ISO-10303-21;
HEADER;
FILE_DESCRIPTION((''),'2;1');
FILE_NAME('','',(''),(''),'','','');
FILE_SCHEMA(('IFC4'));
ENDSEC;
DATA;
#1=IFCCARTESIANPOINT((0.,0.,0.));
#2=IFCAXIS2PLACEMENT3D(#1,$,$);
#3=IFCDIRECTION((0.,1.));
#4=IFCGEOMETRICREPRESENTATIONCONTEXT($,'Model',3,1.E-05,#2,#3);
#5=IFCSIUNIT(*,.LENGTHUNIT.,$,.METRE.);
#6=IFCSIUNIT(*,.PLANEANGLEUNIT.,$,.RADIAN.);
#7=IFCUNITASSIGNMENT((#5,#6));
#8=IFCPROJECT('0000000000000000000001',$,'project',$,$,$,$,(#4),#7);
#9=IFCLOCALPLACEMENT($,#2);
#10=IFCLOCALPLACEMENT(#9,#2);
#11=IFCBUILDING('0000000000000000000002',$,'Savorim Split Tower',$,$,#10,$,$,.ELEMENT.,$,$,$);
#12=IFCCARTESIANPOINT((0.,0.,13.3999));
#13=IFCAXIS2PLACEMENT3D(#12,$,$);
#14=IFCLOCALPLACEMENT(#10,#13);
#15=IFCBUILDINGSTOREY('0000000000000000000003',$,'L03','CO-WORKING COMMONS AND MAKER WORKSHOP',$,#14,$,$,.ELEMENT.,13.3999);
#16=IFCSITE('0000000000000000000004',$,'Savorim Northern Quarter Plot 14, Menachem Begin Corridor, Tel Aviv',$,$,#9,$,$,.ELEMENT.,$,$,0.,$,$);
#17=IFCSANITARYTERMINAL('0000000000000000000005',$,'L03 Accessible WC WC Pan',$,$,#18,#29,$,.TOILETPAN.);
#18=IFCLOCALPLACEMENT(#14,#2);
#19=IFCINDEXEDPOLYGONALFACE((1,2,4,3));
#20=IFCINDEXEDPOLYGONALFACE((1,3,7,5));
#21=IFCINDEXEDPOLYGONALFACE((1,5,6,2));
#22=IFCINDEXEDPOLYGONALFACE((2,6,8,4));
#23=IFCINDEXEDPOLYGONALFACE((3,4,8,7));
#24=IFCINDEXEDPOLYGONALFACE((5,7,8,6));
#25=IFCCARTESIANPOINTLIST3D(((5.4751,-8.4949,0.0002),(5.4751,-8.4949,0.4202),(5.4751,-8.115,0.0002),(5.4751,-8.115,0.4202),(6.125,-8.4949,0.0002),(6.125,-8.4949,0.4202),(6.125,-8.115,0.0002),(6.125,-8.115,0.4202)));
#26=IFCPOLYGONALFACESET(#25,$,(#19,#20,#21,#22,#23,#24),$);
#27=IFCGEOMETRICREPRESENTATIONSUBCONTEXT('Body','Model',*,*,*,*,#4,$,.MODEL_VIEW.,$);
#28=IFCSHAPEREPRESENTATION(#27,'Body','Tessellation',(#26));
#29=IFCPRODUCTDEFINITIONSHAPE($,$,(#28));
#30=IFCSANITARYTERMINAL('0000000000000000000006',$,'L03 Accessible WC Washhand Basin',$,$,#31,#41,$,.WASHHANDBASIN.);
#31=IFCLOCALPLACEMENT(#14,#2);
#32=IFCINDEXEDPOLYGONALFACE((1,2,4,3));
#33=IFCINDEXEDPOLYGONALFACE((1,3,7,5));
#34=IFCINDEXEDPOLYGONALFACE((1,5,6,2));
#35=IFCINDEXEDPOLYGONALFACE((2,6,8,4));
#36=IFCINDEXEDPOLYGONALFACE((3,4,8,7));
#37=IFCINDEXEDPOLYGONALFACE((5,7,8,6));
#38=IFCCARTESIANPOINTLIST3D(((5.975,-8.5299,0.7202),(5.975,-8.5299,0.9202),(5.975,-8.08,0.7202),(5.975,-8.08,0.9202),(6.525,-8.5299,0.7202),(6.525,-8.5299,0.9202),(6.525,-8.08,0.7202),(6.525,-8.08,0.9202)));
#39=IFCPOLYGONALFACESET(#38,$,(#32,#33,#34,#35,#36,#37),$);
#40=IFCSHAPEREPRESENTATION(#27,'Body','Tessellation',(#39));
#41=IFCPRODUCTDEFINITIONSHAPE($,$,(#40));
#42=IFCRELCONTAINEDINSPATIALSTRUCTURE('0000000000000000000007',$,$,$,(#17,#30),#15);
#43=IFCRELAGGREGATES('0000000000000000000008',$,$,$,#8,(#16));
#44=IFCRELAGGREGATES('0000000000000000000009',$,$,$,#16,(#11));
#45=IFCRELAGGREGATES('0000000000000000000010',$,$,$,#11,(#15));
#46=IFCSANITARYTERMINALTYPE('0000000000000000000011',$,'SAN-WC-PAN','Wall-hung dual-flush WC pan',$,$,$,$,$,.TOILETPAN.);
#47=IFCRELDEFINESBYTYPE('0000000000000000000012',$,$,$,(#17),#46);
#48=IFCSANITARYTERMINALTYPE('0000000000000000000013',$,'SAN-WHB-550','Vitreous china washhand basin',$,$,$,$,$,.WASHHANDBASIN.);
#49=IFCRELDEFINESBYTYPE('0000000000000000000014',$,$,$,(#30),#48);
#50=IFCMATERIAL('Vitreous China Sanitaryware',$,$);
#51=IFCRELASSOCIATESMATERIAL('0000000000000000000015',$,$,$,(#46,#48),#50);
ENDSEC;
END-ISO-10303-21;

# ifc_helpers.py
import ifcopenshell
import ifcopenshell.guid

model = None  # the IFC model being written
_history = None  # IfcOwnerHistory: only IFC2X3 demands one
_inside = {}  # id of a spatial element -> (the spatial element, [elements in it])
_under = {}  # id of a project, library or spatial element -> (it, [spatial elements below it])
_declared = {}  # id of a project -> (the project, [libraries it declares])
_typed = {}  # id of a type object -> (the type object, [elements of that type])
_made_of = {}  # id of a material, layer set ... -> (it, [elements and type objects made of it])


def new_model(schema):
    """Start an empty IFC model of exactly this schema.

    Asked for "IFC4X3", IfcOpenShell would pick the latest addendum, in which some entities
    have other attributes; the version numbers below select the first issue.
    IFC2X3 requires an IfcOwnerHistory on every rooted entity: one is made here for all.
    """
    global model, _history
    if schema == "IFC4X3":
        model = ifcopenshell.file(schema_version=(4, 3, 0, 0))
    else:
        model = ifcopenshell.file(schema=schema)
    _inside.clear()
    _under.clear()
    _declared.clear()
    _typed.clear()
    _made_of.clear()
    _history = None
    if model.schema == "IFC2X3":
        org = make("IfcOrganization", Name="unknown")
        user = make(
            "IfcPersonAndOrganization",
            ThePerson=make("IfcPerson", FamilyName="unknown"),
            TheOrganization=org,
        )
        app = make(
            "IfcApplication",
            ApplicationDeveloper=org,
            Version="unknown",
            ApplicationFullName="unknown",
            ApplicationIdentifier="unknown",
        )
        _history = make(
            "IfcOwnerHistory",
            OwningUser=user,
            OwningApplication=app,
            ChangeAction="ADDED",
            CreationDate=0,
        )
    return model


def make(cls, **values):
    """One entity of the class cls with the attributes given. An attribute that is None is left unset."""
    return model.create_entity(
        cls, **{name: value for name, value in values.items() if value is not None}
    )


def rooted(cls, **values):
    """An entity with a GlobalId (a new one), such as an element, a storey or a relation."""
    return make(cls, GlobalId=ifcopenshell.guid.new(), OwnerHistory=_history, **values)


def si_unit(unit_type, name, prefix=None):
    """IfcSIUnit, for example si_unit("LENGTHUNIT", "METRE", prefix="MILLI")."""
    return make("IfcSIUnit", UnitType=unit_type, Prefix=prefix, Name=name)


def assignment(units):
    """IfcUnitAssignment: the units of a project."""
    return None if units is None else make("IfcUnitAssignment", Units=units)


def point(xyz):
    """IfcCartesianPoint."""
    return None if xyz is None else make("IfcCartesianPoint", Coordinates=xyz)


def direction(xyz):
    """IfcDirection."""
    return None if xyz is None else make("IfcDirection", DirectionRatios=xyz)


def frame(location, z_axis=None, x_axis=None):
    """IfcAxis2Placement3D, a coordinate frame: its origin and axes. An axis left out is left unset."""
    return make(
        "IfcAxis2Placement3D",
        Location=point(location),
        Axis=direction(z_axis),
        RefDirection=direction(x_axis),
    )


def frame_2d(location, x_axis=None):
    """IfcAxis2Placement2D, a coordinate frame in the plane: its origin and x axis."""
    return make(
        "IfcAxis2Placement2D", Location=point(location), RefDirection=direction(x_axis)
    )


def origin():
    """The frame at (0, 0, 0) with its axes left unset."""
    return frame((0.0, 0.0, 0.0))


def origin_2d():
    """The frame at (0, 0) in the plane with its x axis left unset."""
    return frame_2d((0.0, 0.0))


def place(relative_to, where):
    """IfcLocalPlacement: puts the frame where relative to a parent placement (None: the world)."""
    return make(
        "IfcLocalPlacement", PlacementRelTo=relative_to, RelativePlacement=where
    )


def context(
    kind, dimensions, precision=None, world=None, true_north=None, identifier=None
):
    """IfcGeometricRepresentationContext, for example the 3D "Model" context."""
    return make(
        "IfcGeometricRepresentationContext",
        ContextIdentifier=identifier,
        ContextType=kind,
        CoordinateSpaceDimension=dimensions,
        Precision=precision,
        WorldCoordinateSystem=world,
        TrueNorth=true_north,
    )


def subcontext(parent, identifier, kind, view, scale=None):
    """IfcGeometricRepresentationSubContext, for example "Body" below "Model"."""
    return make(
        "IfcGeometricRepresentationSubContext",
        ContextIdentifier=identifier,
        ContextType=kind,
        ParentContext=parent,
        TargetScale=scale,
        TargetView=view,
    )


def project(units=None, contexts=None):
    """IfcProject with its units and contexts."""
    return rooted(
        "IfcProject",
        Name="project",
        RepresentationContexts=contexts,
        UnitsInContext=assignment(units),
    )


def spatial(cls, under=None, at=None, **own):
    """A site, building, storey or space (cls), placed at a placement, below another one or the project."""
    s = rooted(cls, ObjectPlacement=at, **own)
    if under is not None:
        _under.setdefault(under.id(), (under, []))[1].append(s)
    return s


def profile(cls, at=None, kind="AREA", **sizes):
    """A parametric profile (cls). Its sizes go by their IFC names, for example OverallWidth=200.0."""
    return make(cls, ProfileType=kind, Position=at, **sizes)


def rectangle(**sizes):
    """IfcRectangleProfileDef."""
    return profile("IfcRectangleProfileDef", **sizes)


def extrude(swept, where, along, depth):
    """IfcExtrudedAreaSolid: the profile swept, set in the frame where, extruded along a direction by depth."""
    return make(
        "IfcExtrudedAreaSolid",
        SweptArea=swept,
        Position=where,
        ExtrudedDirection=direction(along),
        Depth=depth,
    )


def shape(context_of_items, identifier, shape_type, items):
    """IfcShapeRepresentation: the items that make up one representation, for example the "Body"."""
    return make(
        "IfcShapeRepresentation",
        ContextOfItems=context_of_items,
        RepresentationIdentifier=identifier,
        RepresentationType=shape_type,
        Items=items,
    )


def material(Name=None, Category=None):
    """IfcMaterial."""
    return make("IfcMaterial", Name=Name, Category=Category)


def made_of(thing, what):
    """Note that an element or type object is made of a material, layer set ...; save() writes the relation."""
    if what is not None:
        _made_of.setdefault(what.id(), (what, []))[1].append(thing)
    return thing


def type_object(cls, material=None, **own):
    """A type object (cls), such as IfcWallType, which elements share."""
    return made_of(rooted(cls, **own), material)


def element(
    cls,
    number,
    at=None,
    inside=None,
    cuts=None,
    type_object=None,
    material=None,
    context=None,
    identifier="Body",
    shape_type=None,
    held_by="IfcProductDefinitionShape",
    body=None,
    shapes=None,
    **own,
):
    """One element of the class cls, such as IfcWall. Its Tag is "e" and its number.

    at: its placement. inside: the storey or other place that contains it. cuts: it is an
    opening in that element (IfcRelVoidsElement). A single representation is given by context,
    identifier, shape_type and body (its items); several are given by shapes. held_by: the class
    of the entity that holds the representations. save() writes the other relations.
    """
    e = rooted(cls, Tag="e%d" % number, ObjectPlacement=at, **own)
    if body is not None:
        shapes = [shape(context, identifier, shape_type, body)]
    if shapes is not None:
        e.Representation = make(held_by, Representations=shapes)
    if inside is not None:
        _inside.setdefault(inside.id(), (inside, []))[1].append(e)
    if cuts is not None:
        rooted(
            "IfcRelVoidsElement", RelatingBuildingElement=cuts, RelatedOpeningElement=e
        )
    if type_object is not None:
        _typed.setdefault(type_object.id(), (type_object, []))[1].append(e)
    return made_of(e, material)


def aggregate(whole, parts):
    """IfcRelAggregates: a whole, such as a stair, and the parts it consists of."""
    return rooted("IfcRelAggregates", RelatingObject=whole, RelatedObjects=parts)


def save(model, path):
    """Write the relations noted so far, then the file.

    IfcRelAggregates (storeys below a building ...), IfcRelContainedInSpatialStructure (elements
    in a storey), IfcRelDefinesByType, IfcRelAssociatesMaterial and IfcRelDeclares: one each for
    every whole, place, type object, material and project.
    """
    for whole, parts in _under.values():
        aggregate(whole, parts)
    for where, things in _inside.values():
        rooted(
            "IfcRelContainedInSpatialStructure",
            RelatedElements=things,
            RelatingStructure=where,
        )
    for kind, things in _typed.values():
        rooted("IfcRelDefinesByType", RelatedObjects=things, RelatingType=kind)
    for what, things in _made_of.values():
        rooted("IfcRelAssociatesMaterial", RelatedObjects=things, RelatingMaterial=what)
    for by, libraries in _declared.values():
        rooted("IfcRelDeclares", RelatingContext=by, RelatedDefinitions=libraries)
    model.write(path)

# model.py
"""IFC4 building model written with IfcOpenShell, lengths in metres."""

from ifc_helpers import new_model, si_unit, direction, frame, origin, origin_2d, place, context, subcontext, project, spatial, rectangle, extrude, material, type_object, element, save


model = new_model("IFC4")

# Units and contexts
model_context = context("Model", 3, precision=1e-05, world=origin(), true_north=direction((0.0, 1.0)))
body_context = subcontext(model_context, "Body", "Model", "MODEL_VIEW")
ifc_project = project(units=[si_unit("LENGTHUNIT", "METRE"), si_unit("PLANEANGLEUNIT", "RADIAN")], contexts=[model_context])

# Site, building, storey
site_placement = place(None, origin())
site = spatial("IfcSite", under=ifc_project, at=site_placement, Name="Savorim Northern Quarter Plot 14, Menachem Begin Corridor, Tel Aviv", CompositionType="ELEMENT", RefElevation=0.0)
building_placement = place(site_placement, origin())
building = spatial("IfcBuilding", under=site, at=building_placement, Name="Savorim Split Tower", CompositionType="ELEMENT")
storey_placement = place(building_placement, frame((0.0, 0.0, 13.3999)))
storey = spatial("IfcBuildingStorey", under=building, at=storey_placement, Name="L03", Description="CO-WORKING COMMONS AND MAKER WORKSHOP", CompositionType="ELEMENT", Elevation=13.3999)

# Sanitary terminals
ifc_material_1 = material(Name="Vitreous China Sanitaryware")
sanitary_terminal_type_1 = type_object("IfcSanitaryTerminalType", Name="SAN-WC-PAN", Description="Wall-hung dual-flush WC pan", PredefinedType="TOILETPAN", material=ifc_material_1)
sanitary_terminal_1_placement = place(storey_placement, frame((5.8, -8.3049, 0.0002), z_axis=(0.0, 0.0, 1.0), x_axis=(1.0, 0.0, 0.0)))
element("IfcSanitaryTerminal", 1, at=sanitary_terminal_1_placement, inside=storey, type_object=sanitary_terminal_type_1, Name="L03 Accessible WC WC Pan", PredefinedType="TOILETPAN", context=body_context, shape_type="SweptSolid", body=[
    extrude(rectangle(XDim=0.6499, YDim=0.3799, at=origin_2d()), origin(), (0.0, 0.0, 1.0), 0.4199),
])
sanitary_terminal_type_2 = type_object("IfcSanitaryTerminalType", Name="SAN-WHB-550", Description="Vitreous china washhand basin", PredefinedType="WASHHANDBASIN", material=ifc_material_1)
sanitary_terminal_2_placement = place(storey_placement, frame((6.25, -8.3049, 0.7202), z_axis=(0.0, 0.0, 1.0), x_axis=(1.0, 0.0, 0.0)))
element("IfcSanitaryTerminal", 2, at=sanitary_terminal_2_placement, inside=storey, type_object=sanitary_terminal_type_2, Name="L03 Accessible WC Washhand Basin", PredefinedType="WASHHANDBASIN", context=body_context, shape_type="SweptSolid", body=[
    extrude(rectangle(XDim=0.55, YDim=0.45, at=origin_2d()), origin(), (0.0, 0.0, 1.0), 0.2),
])

save(model, "model.ifc")
